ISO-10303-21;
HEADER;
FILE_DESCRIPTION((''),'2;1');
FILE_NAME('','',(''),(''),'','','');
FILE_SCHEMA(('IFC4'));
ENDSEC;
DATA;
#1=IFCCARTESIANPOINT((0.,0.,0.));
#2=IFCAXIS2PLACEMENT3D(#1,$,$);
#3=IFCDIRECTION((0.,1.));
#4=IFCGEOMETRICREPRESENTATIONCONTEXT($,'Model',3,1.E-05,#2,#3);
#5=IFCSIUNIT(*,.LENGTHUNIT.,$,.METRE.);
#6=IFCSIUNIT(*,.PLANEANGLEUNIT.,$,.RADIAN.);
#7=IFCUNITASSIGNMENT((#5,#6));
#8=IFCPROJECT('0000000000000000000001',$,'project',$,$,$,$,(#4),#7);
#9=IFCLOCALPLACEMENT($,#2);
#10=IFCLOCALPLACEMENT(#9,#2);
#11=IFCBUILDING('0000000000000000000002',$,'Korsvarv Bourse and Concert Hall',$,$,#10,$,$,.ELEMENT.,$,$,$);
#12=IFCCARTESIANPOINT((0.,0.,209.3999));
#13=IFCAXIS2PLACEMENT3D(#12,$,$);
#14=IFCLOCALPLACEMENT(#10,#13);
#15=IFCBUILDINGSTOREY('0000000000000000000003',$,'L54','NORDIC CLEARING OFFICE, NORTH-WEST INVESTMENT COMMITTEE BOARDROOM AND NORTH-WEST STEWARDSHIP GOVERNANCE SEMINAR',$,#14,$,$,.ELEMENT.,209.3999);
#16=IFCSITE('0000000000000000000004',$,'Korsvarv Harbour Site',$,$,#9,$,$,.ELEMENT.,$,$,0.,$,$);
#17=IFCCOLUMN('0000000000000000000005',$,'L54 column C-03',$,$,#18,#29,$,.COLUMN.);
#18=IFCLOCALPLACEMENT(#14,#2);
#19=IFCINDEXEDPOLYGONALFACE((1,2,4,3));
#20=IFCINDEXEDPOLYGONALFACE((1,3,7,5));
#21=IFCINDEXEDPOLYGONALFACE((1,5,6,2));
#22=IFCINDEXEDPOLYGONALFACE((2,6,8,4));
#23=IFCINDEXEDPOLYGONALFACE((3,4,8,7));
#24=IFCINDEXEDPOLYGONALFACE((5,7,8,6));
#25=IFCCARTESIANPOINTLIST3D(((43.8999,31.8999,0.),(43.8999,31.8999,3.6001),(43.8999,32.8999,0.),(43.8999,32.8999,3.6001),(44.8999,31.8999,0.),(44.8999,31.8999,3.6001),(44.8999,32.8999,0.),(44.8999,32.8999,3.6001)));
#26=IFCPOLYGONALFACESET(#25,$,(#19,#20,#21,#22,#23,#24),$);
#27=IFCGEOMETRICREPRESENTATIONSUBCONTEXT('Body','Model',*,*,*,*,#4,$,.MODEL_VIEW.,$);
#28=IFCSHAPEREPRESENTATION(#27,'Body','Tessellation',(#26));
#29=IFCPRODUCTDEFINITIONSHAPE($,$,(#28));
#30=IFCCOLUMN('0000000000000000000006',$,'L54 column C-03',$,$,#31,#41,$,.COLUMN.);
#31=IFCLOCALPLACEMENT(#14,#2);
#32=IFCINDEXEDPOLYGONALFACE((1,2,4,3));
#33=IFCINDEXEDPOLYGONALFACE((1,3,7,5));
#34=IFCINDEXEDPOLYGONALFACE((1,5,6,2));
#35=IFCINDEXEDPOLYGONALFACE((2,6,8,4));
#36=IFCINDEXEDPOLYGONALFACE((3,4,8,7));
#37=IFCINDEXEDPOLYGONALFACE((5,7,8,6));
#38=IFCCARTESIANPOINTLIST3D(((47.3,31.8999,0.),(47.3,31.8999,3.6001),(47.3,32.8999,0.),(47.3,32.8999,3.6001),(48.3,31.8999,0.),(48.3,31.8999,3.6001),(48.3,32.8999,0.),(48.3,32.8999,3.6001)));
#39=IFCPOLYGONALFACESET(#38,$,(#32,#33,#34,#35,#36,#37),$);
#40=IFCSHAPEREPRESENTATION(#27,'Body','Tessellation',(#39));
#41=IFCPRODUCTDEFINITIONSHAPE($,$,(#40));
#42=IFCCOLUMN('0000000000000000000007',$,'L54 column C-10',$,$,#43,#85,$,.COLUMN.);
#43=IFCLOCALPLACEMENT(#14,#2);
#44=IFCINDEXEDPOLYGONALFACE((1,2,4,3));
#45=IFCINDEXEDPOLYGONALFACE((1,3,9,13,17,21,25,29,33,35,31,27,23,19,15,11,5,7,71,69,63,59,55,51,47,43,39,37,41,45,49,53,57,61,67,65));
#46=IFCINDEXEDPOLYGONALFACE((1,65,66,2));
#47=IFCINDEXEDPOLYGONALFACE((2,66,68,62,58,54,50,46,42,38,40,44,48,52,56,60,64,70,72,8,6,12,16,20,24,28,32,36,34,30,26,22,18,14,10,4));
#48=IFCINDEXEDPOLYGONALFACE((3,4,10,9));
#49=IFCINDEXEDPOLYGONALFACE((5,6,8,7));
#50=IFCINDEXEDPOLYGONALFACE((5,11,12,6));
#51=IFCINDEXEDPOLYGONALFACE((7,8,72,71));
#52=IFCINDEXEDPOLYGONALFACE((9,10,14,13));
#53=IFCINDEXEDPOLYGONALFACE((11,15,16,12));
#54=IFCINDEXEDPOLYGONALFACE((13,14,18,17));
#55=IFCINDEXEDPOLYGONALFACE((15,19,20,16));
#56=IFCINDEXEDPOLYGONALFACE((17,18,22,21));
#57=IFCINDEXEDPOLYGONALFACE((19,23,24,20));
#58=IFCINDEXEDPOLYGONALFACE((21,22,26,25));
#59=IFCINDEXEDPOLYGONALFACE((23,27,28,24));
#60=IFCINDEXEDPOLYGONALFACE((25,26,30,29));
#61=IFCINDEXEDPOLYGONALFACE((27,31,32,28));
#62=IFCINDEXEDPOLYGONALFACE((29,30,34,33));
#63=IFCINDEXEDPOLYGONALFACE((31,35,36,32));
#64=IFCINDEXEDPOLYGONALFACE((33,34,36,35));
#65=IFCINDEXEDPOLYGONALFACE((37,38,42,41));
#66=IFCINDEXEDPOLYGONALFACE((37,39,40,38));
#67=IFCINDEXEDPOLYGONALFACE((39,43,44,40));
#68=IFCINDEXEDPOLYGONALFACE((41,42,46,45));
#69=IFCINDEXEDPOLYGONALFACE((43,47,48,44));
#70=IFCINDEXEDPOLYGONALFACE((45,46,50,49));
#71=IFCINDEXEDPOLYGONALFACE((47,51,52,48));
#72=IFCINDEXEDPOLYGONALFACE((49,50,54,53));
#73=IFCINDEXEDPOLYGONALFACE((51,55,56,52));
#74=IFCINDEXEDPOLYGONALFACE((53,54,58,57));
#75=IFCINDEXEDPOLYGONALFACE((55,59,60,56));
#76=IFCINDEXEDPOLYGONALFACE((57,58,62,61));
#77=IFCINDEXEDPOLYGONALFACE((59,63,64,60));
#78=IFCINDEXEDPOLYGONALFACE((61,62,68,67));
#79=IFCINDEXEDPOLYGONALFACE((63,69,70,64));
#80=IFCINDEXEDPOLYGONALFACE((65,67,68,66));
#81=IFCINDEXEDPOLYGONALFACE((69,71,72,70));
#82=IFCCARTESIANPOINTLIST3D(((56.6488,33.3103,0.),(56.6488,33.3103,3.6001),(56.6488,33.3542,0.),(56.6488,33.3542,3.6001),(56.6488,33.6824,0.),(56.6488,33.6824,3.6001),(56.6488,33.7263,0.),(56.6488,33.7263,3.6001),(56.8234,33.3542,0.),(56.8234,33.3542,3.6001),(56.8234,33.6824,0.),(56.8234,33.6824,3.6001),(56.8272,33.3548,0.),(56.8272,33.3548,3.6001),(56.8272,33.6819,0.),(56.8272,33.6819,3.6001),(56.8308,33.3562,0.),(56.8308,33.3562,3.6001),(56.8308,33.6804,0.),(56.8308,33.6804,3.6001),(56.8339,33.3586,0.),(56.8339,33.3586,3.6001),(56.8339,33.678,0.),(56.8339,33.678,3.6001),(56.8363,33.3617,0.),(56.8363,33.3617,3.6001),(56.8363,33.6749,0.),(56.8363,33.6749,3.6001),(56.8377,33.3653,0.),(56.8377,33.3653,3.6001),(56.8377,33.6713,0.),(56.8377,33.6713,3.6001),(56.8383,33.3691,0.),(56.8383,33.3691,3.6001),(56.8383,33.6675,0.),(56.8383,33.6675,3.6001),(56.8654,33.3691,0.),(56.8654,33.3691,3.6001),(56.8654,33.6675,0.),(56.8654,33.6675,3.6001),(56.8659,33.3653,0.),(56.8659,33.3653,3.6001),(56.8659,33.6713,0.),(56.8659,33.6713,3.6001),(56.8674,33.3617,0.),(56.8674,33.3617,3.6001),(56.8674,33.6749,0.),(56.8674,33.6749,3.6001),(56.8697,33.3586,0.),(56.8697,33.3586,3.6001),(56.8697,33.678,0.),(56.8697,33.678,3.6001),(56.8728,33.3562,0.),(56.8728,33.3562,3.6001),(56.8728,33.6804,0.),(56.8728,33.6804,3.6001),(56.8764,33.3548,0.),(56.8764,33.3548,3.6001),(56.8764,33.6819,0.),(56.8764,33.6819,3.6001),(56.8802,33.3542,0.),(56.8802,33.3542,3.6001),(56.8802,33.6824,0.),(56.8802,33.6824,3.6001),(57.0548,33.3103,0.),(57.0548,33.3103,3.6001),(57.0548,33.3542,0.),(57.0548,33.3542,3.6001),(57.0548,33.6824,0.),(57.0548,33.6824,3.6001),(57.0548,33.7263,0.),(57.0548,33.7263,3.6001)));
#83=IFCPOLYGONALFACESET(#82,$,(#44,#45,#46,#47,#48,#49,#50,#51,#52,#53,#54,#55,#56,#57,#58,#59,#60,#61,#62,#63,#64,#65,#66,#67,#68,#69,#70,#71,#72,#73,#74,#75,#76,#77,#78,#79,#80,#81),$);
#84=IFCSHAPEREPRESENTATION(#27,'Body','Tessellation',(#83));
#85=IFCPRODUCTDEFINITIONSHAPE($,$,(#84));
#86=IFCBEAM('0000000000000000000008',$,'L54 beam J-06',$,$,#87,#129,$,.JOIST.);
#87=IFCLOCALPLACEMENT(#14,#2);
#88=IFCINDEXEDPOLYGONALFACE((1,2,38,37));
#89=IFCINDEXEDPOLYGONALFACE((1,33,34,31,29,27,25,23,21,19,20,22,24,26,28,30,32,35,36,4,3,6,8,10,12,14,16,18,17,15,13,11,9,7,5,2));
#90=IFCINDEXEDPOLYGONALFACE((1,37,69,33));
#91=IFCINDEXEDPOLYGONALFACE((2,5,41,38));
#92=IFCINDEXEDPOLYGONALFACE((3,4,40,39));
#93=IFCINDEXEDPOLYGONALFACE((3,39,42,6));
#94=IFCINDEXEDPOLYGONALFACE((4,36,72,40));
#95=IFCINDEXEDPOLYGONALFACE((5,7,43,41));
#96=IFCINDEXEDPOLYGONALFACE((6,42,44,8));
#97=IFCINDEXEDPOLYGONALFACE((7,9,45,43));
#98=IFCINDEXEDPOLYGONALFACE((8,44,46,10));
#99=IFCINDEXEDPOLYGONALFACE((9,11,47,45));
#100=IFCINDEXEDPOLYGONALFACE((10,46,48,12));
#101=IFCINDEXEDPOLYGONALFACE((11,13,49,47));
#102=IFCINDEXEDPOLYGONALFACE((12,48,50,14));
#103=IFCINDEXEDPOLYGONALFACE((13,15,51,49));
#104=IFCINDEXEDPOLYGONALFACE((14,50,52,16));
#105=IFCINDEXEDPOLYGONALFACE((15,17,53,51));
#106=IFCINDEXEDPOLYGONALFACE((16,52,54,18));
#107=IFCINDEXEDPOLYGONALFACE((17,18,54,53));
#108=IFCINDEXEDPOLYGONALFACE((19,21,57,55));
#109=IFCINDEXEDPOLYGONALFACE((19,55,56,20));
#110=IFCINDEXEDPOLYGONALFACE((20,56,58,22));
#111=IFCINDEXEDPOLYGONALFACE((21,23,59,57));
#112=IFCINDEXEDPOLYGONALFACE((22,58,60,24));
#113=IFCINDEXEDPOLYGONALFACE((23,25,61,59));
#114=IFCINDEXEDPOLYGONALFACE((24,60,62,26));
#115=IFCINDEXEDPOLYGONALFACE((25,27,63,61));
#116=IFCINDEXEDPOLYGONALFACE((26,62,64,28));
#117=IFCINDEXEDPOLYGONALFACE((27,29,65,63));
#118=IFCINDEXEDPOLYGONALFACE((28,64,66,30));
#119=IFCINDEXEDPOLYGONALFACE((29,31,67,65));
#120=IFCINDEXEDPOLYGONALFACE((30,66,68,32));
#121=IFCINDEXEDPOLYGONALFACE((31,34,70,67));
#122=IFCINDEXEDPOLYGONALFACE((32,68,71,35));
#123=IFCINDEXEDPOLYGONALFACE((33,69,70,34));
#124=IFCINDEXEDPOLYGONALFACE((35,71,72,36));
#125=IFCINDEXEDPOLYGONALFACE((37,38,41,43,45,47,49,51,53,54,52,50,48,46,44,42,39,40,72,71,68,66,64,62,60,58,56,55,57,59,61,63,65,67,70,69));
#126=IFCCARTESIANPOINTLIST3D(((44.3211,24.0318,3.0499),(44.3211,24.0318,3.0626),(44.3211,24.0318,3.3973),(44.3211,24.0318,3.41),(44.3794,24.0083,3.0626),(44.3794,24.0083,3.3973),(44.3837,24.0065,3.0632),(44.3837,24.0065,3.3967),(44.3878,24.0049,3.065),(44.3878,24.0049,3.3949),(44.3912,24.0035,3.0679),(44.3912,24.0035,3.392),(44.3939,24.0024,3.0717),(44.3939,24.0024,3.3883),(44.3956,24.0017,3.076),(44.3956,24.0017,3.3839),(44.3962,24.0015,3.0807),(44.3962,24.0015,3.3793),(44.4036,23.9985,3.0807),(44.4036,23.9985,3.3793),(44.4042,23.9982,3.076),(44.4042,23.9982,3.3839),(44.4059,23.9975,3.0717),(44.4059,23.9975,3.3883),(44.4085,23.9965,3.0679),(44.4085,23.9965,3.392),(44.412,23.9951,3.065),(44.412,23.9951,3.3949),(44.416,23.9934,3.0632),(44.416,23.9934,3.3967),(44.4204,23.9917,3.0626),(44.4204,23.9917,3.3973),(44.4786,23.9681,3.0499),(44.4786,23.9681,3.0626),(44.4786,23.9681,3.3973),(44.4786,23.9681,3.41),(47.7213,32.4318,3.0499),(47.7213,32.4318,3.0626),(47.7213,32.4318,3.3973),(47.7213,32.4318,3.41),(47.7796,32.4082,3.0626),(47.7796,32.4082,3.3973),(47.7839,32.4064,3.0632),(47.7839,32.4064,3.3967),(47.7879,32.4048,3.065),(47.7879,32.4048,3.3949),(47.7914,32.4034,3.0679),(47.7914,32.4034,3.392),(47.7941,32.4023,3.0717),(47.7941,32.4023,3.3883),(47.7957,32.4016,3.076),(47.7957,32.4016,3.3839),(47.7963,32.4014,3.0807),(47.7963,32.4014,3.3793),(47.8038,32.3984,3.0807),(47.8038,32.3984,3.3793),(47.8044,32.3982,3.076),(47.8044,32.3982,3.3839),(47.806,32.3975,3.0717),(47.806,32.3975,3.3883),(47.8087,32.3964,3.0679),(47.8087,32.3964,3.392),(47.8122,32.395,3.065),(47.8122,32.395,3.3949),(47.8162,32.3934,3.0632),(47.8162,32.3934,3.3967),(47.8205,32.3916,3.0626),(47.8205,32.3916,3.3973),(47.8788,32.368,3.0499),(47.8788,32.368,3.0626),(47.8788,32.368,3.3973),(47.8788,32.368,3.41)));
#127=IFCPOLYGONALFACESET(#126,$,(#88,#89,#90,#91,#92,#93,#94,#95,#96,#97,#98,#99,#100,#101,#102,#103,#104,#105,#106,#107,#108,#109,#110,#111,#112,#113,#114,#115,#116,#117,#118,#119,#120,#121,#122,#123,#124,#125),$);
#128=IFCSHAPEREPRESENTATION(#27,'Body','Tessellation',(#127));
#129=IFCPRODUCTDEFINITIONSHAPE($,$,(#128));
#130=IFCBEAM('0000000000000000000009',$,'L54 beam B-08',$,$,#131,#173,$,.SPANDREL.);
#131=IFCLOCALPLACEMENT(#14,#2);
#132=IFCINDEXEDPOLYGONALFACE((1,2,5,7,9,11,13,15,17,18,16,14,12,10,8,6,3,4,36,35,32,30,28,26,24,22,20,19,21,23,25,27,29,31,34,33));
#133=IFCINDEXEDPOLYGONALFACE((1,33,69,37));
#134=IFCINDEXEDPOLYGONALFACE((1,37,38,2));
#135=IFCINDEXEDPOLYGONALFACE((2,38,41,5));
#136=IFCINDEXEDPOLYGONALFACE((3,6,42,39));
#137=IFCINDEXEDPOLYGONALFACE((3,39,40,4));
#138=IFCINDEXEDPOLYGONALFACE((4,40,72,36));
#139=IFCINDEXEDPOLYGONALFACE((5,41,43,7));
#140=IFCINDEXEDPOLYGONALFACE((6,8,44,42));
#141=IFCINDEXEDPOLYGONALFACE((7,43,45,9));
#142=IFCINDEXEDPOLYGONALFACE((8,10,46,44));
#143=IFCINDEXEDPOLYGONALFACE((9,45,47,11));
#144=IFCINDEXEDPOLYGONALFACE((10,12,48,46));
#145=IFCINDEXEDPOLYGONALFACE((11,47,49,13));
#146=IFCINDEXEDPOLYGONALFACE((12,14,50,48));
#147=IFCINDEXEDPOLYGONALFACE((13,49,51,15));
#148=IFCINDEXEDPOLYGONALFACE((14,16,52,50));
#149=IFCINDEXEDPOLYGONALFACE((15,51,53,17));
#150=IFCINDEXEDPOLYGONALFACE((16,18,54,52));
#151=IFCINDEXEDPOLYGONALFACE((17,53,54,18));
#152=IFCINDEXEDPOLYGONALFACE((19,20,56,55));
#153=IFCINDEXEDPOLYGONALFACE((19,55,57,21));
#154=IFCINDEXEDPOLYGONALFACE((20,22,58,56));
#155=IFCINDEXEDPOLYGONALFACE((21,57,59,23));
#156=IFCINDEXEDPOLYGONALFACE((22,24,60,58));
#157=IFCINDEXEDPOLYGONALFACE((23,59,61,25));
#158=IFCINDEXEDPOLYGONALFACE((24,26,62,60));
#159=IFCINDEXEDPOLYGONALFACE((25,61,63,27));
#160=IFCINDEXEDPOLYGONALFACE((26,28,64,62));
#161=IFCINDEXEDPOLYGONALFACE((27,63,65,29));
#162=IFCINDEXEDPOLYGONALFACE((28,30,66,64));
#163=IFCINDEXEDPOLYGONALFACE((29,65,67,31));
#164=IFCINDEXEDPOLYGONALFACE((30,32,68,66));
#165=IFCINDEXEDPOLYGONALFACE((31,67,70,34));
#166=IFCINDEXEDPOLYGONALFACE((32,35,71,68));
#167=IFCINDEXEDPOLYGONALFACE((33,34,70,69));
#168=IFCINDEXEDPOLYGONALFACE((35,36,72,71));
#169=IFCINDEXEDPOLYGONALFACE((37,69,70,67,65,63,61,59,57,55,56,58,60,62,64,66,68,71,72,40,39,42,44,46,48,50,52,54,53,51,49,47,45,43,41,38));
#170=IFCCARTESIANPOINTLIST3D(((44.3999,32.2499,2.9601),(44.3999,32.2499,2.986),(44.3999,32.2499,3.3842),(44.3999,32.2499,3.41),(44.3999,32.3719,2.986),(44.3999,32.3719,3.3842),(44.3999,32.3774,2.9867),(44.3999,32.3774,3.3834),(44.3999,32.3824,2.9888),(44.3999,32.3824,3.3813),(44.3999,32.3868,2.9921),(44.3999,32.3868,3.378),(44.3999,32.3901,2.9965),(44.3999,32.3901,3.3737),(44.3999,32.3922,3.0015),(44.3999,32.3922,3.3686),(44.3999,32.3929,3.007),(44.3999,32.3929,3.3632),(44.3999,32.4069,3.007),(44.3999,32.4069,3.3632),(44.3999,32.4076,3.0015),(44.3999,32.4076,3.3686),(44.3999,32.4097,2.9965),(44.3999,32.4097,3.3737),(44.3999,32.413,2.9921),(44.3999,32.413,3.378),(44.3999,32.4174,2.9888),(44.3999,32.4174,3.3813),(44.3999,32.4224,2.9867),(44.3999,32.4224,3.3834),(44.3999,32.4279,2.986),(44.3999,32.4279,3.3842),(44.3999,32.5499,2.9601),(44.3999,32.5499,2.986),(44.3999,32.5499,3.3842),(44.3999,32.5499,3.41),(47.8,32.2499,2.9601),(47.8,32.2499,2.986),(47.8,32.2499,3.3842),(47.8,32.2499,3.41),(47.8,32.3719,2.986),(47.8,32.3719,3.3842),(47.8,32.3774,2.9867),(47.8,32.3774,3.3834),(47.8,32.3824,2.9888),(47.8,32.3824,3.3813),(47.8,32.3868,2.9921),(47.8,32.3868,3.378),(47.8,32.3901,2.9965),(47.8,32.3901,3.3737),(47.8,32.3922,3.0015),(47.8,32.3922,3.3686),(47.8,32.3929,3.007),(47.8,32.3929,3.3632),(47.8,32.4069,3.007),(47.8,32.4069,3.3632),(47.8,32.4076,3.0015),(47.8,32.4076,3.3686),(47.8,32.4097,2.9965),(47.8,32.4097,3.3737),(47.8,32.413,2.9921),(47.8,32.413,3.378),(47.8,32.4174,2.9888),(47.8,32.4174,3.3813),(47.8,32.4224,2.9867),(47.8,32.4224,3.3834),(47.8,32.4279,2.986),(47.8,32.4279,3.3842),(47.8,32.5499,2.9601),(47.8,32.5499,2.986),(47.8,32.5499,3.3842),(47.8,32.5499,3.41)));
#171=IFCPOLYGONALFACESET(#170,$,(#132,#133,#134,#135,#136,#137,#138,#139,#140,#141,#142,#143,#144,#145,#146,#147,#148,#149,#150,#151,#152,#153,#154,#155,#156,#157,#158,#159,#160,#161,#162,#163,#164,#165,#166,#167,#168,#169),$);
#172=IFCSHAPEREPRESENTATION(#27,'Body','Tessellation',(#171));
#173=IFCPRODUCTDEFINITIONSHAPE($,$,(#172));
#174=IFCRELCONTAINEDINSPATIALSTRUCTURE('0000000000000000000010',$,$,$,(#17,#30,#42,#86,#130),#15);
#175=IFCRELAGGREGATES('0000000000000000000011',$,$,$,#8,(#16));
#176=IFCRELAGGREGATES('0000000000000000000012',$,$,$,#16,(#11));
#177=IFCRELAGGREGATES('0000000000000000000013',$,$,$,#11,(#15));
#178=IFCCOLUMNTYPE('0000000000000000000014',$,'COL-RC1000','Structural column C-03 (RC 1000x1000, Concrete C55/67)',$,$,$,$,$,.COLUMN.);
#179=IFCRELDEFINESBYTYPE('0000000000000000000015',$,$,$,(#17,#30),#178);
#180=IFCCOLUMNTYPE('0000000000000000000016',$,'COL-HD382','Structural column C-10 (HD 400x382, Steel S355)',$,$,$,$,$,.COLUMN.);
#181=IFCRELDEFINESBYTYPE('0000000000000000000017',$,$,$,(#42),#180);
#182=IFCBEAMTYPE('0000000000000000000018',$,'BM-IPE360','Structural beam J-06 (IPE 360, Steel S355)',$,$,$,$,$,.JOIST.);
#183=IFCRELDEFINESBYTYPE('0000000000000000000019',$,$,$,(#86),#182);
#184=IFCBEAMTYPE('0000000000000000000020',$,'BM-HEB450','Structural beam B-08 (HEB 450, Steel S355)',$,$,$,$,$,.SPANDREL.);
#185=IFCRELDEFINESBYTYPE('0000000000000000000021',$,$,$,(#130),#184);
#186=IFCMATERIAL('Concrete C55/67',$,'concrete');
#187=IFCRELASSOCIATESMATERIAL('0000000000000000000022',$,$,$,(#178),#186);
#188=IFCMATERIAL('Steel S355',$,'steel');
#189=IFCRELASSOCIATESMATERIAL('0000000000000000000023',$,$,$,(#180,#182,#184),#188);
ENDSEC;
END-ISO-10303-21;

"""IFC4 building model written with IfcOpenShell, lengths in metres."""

from ifc_helpers import new_model, si_unit, direction, frame, origin, origin_2d, place, context, subcontext, project, spatial, rectangle, i_section, extrude, source, transform, mapped, material, material_profile, profile_set, type_object, element, save


model = new_model("IFC4")

# Units and contexts
model_context = context("Model", 3, precision=1e-05, world=origin(), true_north=direction((0.0, 1.0)))
body_context = subcontext(model_context, "Body", "Model", "MODEL_VIEW")
ifc_project = project(units=[si_unit("LENGTHUNIT", "METRE"), si_unit("PLANEANGLEUNIT", "RADIAN")], contexts=[model_context])

# Site, building, storey
site_placement = place(None, origin())
site = spatial("IfcSite", under=ifc_project, at=site_placement, Name="Korsvarv Harbour Site", CompositionType="ELEMENT", RefElevation=0.0)
building_placement = place(site_placement, origin())
building = spatial("IfcBuilding", under=site, at=building_placement, Name="Korsvarv Bourse and Concert Hall", CompositionType="ELEMENT")
storey_placement = place(building_placement, frame((0.0, 0.0, 209.3999)))
storey = spatial("IfcBuildingStorey", under=building, at=storey_placement, Name="L54", Description="NORDIC CLEARING OFFICE, NORTH-WEST INVESTMENT COMMITTEE BOARDROOM AND NORTH-WEST STEWARDSHIP GOVERNANCE SEMINAR", CompositionType="ELEMENT", Elevation=209.3999)

# Columns
ifc_material_1 = material(Name="Concrete C55/67", Category="concrete")
ifc_material_profile_1 = material_profile(ifc_material_1, rectangle(XDim=1.0, YDim=1.0, at=origin_2d()), Name="RC 1000x1000")
ifc_profile_set_1 = profile_set([ifc_material_profile_1], Name="Concrete C55/67")
column_type_1 = type_object("IfcColumnType", Name="COL-RC1000", Description="Structural column C-03 (RC 1000x1000, Concrete C55/67)", PredefinedType="COLUMN", material=ifc_profile_set_1)
shared_shape_1 = source(origin(), body_context, "Body", "SweptSolid", [
    extrude(rectangle(XDim=1.0, YDim=1.0, at=origin_2d()), origin(), (0.0, 0.0, 1.0), 3.6001),
])
for number, where, z_axis, x_axis, name in (
    (1, (44.3999, 32.3999, 0.0), (0.0, 0.0, 1.0), (1.0, 0.0, 0.0), "L54 column C-03"),
    (2, (47.8, 32.3999, 0.0), (0.0, 0.0, 1.0), (1.0, 0.0, 0.0), "L54 column C-03"),
):
    element("IfcColumn", number, at=place(storey_placement, frame(where, z_axis=z_axis, x_axis=x_axis)), inside=storey, type_object=column_type_1, Name=name, PredefinedType="COLUMN", context=body_context, shape_type="MappedRepresentation", body=[
        mapped(shared_shape_1, transform((0.0, 0.0, 0.0), scale=1.0)),
    ])
ifc_material_2 = material(Name="Steel S355", Category="steel")
ifc_material_profile_2 = material_profile(ifc_material_2, i_section(OverallWidth=0.406, OverallDepth=0.416, WebThickness=0.0271, FlangeThickness=0.0439, FilletRadius=0.0149, at=origin_2d()), Name="HD 400x382")
ifc_profile_set_2 = profile_set([ifc_material_profile_2], Name="Steel S355")
column_type_2 = type_object("IfcColumnType", Name="COL-HD382", Description="Structural column C-10 (HD 400x382, Steel S355)", PredefinedType="COLUMN", material=ifc_profile_set_2)
shared_shape_2 = source(origin(), body_context, "Body", "SweptSolid", [
    extrude(i_section(OverallWidth=0.406, OverallDepth=0.416, WebThickness=0.0271, FlangeThickness=0.0439, FilletRadius=0.0149, at=origin_2d()), origin(), (0.0, 0.0, 1.0), 3.6001),
])
column_placement = place(storey_placement, frame((56.8518, 33.5183, 0.0), z_axis=(0.0, 0.0, 1.0), x_axis=(1.0, 0.0, 0.0)))
element("IfcColumn", 3, at=column_placement, inside=storey, type_object=column_type_2, Name="L54 column C-10", PredefinedType="COLUMN", context=body_context, shape_type="MappedRepresentation", body=[
    mapped(shared_shape_2, transform((0.0, 0.0, 0.0), scale=1.0)),
])

# Beams
ifc_material_profile_3 = material_profile(ifc_material_2, i_section(OverallWidth=0.1699, OverallDepth=0.3601, WebThickness=0.0081, FlangeThickness=0.0127, FilletRadius=0.0181, at=origin_2d()), Name="IPE 360")
ifc_profile_set_3 = profile_set([ifc_material_profile_3], Name="Steel S355")
beam_type_1 = type_object("IfcBeamType", Name="BM-IPE360", Description="Structural beam J-06 (IPE 360, Steel S355)", PredefinedType="JOIST", material=ifc_profile_set_3)
shared_shape_3 = source(origin(), body_context, "Body", "SweptSolid", [
    extrude(i_section(OverallWidth=0.1699, OverallDepth=0.3601, WebThickness=0.0081, FlangeThickness=0.0127, FilletRadius=0.0181, at=origin_2d()), origin(), (0.0, 0.0, 1.0), 9.062),
])
beam_1_placement = place(storey_placement, frame((47.8, 32.3999, 3.23), z_axis=(-0.37521, -0.92694, 0.0), x_axis=(0.92694, -0.37521, 0.0)))
element("IfcBeam", 4, at=beam_1_placement, inside=storey, type_object=beam_type_1, Name="L54 beam J-06", PredefinedType="JOIST", context=body_context, shape_type="MappedRepresentation", body=[
    mapped(shared_shape_3, transform((0.0, 0.0, 0.0), scale=1.0)),
])
ifc_material_profile_4 = material_profile(ifc_material_2, i_section(OverallWidth=0.3, OverallDepth=0.45, WebThickness=0.0139, FlangeThickness=0.0259, FilletRadius=0.021, at=origin_2d()), Name="HEB 450")
ifc_profile_set_4 = profile_set([ifc_material_profile_4], Name="Steel S355")
beam_type_2 = type_object("IfcBeamType", Name="BM-HEB450", Description="Structural beam B-08 (HEB 450, Steel S355)", PredefinedType="SPANDREL", material=ifc_profile_set_4)
shared_shape_4 = source(origin(), body_context, "Body", "SweptSolid", [
    extrude(i_section(OverallWidth=0.3, OverallDepth=0.45, WebThickness=0.0139, FlangeThickness=0.0259, FilletRadius=0.021, at=origin_2d()), origin(), (0.0, 0.0, 1.0), 3.4001),
])
beam_2_placement = place(storey_placement, frame((44.3999, 32.3999, 3.1851), z_axis=(1.0, 0.0, 0.0), x_axis=(0.0, 1.0, 0.0)))
element("IfcBeam", 5, at=beam_2_placement, inside=storey, type_object=beam_type_2, Name="L54 beam B-08", PredefinedType="SPANDREL", context=body_context, shape_type="MappedRepresentation", body=[
    mapped(shared_shape_4, transform((0.0, 0.0, 0.0), scale=1.0)),
])

save(model, "model.ifc")
